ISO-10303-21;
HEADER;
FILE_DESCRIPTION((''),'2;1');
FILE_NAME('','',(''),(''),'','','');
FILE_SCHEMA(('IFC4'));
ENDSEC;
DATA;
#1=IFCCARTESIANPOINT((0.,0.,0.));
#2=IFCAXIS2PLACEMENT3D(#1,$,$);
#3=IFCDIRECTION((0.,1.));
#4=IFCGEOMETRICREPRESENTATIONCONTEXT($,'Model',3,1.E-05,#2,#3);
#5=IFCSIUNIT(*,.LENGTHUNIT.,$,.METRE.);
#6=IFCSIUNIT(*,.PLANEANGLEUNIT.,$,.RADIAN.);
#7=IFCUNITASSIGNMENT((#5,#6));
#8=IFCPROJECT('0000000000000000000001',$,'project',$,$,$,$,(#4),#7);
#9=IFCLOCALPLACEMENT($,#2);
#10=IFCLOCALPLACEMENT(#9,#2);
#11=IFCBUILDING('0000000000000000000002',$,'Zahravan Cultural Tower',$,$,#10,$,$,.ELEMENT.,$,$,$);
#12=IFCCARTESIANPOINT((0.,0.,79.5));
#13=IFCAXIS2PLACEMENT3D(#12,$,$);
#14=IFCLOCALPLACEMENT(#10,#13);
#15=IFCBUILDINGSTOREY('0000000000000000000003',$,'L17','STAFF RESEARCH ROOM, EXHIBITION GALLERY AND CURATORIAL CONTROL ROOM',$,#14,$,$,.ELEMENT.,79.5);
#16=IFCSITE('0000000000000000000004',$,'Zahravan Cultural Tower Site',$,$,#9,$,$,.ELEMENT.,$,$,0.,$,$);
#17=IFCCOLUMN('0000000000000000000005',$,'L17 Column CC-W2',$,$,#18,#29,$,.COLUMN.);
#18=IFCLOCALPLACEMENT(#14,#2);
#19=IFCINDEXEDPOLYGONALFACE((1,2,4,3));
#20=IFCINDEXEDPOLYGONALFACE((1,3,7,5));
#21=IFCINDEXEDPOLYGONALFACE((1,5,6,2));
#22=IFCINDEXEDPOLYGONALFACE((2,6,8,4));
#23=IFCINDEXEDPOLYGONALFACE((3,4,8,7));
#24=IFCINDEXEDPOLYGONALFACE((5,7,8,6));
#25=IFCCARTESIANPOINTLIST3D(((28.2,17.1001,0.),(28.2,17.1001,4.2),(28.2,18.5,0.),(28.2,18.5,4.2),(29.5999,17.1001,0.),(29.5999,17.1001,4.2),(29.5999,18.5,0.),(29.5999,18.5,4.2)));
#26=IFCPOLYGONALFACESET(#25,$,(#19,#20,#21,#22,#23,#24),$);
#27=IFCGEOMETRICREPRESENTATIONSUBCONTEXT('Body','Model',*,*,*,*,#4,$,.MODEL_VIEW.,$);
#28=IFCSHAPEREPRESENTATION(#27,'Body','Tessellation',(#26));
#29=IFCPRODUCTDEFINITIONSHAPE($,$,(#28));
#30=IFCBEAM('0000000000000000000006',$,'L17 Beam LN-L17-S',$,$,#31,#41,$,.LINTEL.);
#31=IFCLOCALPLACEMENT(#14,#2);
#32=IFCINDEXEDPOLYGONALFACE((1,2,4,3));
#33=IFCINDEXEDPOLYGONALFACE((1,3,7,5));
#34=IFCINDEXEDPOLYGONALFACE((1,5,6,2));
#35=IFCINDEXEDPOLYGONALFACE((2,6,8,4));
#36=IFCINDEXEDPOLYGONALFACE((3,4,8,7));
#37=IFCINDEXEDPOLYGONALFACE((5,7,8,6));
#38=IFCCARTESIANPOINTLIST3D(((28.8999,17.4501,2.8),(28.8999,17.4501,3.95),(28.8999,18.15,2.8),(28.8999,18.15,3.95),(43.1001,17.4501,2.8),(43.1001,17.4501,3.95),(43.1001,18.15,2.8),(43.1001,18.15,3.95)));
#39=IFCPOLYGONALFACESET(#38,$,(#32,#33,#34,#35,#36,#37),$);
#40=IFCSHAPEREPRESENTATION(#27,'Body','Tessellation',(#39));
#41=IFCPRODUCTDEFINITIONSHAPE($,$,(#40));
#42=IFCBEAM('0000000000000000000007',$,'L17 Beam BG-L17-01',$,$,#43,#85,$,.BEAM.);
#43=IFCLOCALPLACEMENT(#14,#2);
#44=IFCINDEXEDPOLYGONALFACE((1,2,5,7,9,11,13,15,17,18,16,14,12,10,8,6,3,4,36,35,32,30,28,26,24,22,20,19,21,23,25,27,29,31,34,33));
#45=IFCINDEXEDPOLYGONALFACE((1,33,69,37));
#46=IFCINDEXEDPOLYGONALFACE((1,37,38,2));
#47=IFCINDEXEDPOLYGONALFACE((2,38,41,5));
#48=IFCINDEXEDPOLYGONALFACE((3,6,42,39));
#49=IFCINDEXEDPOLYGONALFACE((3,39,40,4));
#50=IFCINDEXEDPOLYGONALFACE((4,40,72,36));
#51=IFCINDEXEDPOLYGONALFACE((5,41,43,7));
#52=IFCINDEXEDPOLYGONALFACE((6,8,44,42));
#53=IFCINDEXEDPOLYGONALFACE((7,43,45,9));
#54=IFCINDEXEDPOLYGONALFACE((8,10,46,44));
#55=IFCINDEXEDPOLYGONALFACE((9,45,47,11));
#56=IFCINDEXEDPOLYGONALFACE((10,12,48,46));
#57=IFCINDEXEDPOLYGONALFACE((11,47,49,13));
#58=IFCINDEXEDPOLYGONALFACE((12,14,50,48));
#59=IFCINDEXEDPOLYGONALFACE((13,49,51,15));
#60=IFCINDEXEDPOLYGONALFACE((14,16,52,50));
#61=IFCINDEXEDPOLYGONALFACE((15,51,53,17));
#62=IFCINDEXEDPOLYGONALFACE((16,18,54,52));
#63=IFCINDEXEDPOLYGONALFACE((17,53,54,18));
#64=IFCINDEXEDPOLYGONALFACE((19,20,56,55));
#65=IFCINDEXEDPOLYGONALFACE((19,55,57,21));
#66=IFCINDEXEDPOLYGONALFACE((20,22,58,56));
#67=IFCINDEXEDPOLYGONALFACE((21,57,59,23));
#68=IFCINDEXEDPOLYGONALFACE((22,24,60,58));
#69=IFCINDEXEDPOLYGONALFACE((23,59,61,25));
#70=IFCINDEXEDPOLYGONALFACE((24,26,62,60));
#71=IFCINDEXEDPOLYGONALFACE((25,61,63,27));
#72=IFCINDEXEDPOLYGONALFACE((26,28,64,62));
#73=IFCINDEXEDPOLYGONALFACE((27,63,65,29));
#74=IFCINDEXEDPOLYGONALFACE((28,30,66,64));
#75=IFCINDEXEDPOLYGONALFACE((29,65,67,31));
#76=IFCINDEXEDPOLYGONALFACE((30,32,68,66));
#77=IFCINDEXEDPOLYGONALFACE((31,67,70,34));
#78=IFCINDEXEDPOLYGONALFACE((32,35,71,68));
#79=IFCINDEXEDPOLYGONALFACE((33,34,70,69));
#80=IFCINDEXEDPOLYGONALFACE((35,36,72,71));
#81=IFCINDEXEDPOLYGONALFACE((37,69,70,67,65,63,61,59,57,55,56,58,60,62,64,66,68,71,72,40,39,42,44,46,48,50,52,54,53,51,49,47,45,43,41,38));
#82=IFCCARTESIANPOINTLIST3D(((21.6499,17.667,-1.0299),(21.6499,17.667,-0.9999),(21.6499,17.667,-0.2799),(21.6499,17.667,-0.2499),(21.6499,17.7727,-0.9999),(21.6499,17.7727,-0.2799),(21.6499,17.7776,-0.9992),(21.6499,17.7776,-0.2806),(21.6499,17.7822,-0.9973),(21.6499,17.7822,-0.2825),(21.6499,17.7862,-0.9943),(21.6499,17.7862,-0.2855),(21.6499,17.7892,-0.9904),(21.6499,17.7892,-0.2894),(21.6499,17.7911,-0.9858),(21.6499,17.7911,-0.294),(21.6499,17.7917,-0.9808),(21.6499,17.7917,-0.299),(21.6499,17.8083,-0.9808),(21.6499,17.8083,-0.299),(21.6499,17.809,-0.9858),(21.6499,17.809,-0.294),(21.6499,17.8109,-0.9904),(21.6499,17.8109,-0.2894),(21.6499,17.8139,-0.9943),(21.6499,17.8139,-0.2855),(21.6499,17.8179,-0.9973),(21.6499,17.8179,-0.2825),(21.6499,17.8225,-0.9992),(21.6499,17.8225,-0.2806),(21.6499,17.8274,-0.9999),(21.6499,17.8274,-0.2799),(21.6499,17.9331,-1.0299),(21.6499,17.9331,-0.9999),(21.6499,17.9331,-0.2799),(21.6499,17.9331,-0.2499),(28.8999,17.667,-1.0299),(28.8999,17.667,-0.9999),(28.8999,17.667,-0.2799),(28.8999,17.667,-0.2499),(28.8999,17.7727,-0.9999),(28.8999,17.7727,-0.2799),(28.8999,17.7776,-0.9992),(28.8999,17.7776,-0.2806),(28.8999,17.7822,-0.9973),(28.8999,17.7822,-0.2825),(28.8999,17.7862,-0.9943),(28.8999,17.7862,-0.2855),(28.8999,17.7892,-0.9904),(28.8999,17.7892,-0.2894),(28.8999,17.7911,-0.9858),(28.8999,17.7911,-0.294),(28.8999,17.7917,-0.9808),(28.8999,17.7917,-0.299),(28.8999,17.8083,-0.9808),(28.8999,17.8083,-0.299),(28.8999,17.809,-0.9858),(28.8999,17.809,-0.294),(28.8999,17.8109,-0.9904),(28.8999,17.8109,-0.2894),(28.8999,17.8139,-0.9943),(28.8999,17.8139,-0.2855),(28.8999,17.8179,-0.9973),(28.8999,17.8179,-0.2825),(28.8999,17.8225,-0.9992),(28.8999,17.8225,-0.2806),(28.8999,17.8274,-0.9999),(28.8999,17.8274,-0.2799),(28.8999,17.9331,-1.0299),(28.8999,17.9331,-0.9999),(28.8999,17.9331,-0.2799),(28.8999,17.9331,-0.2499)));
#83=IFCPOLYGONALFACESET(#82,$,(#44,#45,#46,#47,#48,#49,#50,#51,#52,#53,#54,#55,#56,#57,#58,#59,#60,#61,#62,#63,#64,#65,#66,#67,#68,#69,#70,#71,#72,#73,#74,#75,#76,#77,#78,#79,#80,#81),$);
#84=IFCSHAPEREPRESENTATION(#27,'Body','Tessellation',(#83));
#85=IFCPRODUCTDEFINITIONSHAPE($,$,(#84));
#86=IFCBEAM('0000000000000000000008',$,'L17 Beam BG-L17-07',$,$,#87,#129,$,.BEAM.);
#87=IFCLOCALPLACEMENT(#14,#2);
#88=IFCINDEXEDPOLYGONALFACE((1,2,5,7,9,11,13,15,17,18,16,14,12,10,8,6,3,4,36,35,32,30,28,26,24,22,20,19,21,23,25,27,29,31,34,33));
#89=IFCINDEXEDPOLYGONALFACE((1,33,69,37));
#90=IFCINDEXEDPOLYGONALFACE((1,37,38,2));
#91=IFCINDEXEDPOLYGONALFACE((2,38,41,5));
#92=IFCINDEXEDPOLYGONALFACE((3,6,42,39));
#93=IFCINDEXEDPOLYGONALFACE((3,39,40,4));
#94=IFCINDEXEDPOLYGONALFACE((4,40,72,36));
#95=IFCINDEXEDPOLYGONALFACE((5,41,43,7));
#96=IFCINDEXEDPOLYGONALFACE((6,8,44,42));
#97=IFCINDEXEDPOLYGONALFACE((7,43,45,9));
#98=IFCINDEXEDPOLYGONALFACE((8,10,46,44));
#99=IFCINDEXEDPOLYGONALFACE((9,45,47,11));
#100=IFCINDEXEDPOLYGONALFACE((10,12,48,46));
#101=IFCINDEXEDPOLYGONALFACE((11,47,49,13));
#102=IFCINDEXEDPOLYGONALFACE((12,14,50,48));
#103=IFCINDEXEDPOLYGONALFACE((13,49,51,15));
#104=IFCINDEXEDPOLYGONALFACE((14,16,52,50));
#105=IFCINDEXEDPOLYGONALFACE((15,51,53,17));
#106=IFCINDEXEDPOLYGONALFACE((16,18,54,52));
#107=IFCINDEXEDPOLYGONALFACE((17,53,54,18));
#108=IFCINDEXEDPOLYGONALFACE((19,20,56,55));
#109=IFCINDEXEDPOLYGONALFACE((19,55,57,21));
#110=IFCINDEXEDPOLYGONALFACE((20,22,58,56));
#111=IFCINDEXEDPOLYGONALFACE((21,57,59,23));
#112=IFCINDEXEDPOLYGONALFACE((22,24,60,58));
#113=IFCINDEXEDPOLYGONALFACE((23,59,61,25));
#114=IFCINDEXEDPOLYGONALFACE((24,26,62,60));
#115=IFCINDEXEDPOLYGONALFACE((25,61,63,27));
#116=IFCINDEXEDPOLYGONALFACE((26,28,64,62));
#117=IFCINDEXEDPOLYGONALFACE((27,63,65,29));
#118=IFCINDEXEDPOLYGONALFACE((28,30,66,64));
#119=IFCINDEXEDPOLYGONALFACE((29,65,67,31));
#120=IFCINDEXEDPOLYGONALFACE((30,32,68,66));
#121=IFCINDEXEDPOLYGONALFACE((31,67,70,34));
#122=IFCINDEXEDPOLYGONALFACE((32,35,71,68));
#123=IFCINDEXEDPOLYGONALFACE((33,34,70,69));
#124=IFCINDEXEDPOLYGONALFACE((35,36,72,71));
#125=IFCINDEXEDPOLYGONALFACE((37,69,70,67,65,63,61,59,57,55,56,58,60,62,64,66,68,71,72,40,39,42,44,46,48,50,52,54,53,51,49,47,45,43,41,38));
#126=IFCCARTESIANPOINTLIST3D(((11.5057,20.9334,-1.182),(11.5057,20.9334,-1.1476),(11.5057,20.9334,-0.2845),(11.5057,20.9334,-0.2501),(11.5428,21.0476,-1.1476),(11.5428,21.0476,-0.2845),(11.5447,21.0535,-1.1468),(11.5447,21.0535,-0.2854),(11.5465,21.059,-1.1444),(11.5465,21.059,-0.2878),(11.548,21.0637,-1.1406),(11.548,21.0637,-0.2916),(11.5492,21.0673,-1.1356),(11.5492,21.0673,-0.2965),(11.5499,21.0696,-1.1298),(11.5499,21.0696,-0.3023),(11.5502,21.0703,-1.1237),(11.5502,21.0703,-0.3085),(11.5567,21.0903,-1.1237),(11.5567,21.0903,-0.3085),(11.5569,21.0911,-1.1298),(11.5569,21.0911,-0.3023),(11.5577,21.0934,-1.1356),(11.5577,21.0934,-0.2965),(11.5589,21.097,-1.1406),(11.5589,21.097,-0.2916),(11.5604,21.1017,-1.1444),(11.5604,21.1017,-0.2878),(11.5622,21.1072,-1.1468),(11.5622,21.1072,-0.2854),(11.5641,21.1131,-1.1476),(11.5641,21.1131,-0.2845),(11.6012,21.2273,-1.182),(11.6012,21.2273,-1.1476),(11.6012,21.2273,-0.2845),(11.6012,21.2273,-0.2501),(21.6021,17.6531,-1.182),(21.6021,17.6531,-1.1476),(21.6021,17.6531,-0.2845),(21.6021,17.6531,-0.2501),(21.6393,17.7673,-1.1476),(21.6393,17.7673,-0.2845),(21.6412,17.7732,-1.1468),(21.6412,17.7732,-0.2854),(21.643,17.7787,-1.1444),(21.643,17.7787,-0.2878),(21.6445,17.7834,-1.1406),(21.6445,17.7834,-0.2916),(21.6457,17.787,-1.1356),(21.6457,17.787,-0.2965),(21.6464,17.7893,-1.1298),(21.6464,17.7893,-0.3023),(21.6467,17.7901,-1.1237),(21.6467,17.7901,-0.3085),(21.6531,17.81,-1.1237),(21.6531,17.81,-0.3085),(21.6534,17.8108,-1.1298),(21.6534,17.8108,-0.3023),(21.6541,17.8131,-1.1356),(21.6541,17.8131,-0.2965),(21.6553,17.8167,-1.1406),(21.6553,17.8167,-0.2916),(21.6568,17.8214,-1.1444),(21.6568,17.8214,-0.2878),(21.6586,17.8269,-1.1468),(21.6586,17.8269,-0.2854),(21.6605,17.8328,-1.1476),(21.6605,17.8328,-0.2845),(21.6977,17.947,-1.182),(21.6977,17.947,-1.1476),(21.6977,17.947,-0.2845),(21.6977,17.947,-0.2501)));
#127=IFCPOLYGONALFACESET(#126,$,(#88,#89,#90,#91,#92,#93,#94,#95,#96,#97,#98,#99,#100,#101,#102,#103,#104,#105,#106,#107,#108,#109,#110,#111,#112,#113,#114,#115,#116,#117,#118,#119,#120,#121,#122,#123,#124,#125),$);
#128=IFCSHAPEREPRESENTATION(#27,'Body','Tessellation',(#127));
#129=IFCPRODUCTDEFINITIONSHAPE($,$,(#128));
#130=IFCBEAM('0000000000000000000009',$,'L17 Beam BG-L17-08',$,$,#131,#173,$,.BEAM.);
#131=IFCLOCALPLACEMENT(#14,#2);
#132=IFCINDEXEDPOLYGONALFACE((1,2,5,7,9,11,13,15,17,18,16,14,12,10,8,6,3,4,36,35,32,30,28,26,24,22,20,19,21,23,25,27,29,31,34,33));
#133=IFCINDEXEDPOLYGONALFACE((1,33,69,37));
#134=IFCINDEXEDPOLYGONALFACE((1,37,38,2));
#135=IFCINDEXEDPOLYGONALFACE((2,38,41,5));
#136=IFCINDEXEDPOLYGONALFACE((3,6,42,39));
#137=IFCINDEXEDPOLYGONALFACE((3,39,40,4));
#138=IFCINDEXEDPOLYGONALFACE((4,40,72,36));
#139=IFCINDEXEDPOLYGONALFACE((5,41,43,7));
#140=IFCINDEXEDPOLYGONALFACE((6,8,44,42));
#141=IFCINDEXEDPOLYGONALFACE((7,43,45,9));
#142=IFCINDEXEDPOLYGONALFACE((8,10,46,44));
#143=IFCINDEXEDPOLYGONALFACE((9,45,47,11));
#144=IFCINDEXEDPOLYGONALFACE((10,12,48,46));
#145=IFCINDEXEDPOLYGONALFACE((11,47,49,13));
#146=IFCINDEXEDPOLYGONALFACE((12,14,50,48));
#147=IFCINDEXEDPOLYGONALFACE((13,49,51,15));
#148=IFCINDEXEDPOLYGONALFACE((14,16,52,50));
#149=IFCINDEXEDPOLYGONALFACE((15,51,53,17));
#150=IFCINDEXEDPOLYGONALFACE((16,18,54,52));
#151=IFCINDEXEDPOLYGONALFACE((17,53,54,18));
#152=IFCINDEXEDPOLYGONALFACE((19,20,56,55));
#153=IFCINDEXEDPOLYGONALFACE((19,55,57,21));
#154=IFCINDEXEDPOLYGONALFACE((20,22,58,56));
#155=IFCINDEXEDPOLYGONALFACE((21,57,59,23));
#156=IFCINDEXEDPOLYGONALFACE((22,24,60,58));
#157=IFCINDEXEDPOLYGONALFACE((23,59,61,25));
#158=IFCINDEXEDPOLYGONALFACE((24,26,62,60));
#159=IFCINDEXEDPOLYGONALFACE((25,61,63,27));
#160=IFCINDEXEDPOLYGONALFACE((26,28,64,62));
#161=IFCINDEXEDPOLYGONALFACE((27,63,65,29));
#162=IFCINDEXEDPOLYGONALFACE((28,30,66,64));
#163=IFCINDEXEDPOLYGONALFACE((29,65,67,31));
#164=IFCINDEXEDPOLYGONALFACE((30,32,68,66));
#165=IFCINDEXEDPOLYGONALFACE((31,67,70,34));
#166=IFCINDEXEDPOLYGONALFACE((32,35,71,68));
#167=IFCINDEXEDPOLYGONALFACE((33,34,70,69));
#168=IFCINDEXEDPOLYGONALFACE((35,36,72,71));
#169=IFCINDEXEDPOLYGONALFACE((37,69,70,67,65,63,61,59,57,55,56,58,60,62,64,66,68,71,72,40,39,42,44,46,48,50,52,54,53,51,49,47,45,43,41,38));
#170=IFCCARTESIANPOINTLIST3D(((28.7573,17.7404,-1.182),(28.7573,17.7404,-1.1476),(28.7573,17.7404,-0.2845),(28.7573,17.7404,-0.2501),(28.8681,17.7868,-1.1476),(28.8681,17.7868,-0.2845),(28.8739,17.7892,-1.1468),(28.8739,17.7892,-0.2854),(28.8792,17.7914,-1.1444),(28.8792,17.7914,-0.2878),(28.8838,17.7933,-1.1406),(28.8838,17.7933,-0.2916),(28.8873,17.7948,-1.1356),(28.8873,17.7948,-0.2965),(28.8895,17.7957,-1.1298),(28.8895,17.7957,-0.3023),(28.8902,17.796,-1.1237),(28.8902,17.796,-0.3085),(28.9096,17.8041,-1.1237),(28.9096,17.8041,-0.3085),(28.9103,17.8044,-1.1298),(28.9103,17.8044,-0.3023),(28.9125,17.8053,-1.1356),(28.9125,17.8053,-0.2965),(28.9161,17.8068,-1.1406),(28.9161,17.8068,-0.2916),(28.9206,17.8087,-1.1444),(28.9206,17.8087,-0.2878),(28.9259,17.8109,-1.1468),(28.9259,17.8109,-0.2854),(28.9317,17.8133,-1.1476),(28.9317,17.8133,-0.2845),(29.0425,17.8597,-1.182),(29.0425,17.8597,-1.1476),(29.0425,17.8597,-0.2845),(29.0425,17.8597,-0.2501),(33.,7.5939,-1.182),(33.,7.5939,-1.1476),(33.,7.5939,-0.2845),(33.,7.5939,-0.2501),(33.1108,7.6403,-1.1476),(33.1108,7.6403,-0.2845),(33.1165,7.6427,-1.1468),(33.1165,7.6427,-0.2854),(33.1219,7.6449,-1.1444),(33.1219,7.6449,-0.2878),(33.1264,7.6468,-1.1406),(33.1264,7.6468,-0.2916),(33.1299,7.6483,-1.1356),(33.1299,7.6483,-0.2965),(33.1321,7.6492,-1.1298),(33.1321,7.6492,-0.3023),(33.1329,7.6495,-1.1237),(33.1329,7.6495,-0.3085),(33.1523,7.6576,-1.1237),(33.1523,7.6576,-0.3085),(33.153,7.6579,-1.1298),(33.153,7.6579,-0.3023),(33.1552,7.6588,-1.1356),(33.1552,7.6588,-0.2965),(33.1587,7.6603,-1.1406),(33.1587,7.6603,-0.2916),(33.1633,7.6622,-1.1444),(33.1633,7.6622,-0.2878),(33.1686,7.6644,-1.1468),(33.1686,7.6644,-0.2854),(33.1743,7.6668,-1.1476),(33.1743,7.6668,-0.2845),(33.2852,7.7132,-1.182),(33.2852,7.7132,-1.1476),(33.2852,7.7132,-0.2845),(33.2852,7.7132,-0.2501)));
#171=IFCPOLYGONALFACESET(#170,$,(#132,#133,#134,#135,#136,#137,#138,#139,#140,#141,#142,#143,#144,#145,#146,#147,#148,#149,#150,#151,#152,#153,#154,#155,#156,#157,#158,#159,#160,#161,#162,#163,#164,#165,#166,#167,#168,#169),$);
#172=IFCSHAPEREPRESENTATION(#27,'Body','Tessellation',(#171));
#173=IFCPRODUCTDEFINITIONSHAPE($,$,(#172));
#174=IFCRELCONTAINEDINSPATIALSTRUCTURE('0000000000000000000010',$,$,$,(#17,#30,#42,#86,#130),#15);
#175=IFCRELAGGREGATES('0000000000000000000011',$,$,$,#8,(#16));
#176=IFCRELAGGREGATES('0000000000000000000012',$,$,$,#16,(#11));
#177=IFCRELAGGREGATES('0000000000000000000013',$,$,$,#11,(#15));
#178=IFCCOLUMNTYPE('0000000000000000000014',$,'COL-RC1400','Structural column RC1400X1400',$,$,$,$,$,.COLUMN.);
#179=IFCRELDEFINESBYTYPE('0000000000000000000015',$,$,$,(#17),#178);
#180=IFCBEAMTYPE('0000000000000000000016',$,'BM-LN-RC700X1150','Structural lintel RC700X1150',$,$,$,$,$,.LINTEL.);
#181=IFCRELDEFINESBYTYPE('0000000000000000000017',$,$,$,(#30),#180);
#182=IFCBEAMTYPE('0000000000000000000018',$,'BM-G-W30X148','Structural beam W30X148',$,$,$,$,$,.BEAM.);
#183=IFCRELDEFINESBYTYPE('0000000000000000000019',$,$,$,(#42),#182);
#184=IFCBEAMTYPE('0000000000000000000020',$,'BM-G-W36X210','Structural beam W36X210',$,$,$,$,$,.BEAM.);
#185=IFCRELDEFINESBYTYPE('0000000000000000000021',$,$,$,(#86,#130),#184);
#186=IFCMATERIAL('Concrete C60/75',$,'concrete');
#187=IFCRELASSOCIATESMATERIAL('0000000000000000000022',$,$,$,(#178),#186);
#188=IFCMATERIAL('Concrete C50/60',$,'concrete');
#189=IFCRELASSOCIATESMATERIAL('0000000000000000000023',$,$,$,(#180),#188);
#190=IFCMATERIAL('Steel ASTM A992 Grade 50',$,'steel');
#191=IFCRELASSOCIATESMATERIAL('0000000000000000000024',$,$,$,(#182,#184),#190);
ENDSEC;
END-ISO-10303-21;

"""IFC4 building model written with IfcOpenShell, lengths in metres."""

from ifc_helpers import new_model, si_unit, direction, frame, origin, origin_2d, place, context, subcontext, project, spatial, rectangle, i_section, extrude, source, transform, mapped, material, material_profile, profile_set, type_object, element, save


model = new_model("IFC4")

# Units and contexts
model_context = context("Model", 3, precision=1e-05, world=origin(), true_north=direction((0.0, 1.0)))
body_context = subcontext(model_context, "Body", "Model", "MODEL_VIEW")
ifc_project = project(units=[si_unit("LENGTHUNIT", "METRE"), si_unit("PLANEANGLEUNIT", "RADIAN")], contexts=[model_context])

# Site, building, storey
site_placement = place(None, origin())
site = spatial("IfcSite", under=ifc_project, at=site_placement, Name="Zahravan Cultural Tower Site", CompositionType="ELEMENT", RefElevation=0.0)
building_placement = place(site_placement, origin())
building = spatial("IfcBuilding", under=site, at=building_placement, Name="Zahravan Cultural Tower", CompositionType="ELEMENT")
storey_placement = place(building_placement, frame((0.0, 0.0, 79.5)))
storey = spatial("IfcBuildingStorey", under=building, at=storey_placement, Name="L17", Description="STAFF RESEARCH ROOM, EXHIBITION GALLERY AND CURATORIAL CONTROL ROOM", CompositionType="ELEMENT", Elevation=79.5)

# Column
ifc_material_1 = material(Name="Concrete C60/75", Category="concrete")
ifc_material_profile_1 = material_profile(ifc_material_1, rectangle(XDim=1.3999, YDim=1.3999, at=origin_2d()), Name="RC1400X1400")
ifc_profile_set_1 = profile_set([ifc_material_profile_1], Name="Concrete C60/75")
column_type = type_object("IfcColumnType", Name="COL-RC1400", Description="Structural column RC1400X1400", PredefinedType="COLUMN", material=ifc_profile_set_1)
shared_shape_1 = source(origin(), body_context, "Body", "SweptSolid", [
    extrude(rectangle(XDim=1.3999, YDim=1.3999, at=origin_2d()), origin(), (0.0, 0.0, 1.0), 4.2),
])
column_placement = place(storey_placement, frame((28.8999, 17.8, 0.0), z_axis=(0.0, 0.0, 1.0), x_axis=(1.0, 0.0, 0.0)))
element("IfcColumn", 1, at=column_placement, inside=storey, type_object=column_type, Name="L17 Column CC-W2", PredefinedType="COLUMN", context=body_context, shape_type="MappedRepresentation", body=[
    mapped(shared_shape_1, transform((0.0, 0.0, 0.0), x_axis=(1.0, 0.0, 0.0), y_axis=(0.0, 1.0, 0.0), z_axis=(0.0, 0.0, 1.0), scale=1.0)),
])

# Beams
ifc_material_2 = material(Name="Concrete C50/60", Category="concrete")
ifc_material_profile_2 = material_profile(ifc_material_2, rectangle(XDim=0.7, YDim=1.1499, at=origin_2d()), Name="RC700X1150")
ifc_profile_set_2 = profile_set([ifc_material_profile_2], Name="Concrete C50/60")
beam_type_1 = type_object("IfcBeamType", Name="BM-LN-RC700X1150", Description="Structural lintel RC700X1150", PredefinedType="LINTEL", material=ifc_profile_set_2)
shared_shape_2 = source(origin(), body_context, "Body", "SweptSolid", [
    extrude(rectangle(XDim=0.7, YDim=1.1499, at=origin_2d()), origin(), (0.0, 0.0, 1.0), 14.2002),
])
beam_1_placement = place(storey_placement, frame((28.8999, 17.8, 3.375), z_axis=(1.0, 0.0, 0.0), x_axis=(0.0, 1.0, 0.0)))
element("IfcBeam", 2, at=beam_1_placement, inside=storey, type_object=beam_type_1, Name="L17 Beam LN-L17-S", PredefinedType="LINTEL", context=body_context, shape_type="MappedRepresentation", body=[
    mapped(shared_shape_2, transform((0.0, 0.0, 0.0), x_axis=(1.0, 0.0, 0.0), y_axis=(0.0, 1.0, 0.0), z_axis=(0.0, 0.0, 1.0), scale=1.0)),
])
ifc_material_3 = material(Name="Steel ASTM A992 Grade 50", Category="steel")
ifc_material_profile_3 = material_profile(ifc_material_3, i_section(OverallWidth=0.2661, OverallDepth=0.78, WebThickness=0.0166, FlangeThickness=0.03, FilletRadius=0.019, at=origin_2d()), Name="W30X148")
ifc_profile_set_3 = profile_set([ifc_material_profile_3], Name="Steel ASTM A992 Grade 50")
beam_type_2 = type_object("IfcBeamType", Name="BM-G-W30X148", Description="Structural beam W30X148", PredefinedType="BEAM", material=ifc_profile_set_3)
shared_shape_3 = source(origin(), body_context, "Body", "SweptSolid", [
    extrude(i_section(OverallWidth=0.2661, OverallDepth=0.78, WebThickness=0.0166, FlangeThickness=0.03, FilletRadius=0.019, at=origin_2d()), origin(), (0.0, 0.0, 1.0), 7.25),
])
beam_2_placement = place(storey_placement, frame((21.6499, 17.8, -0.6399), z_axis=(1.0, 0.0, 0.0), x_axis=(0.0, 1.0, 0.0)))
element("IfcBeam", 3, at=beam_2_placement, inside=storey, type_object=beam_type_2, Name="L17 Beam BG-L17-01", PredefinedType="BEAM", context=body_context, shape_type="MappedRepresentation", body=[
    mapped(shared_shape_3, transform((0.0, 0.0, 0.0), x_axis=(1.0, 0.0, 0.0), y_axis=(0.0, 1.0, 0.0), z_axis=(0.0, 0.0, 1.0), scale=1.0)),
])
ifc_material_profile_4 = material_profile(ifc_material_3, i_section(OverallWidth=0.3091, OverallDepth=0.9319, WebThickness=0.021, FlangeThickness=0.0344, FilletRadius=0.0239, at=origin_2d()), Name="W36X210")
ifc_profile_set_4 = profile_set([ifc_material_profile_4], Name="Steel ASTM A992 Grade 50")
beam_type_3 = type_object("IfcBeamType", Name="BM-G-W36X210", Description="Structural beam W36X210", PredefinedType="BEAM", material=ifc_profile_set_4)
shared_shape_4 = source(origin(), body_context, "Body", "SweptSolid", [
    extrude(i_section(OverallWidth=0.3091, OverallDepth=0.9319, WebThickness=0.021, FlangeThickness=0.0344, FilletRadius=0.0239, at=origin_2d()), origin(), (0.0, 0.0, 1.0), 10.616),
])
beam_3_placement = place(storey_placement, frame((21.6499, 17.8, -0.7161), z_axis=(-0.951064, 0.308995, 0.0), x_axis=(-0.308995, -0.951064, 0.0)))
element("IfcBeam", 4, at=beam_3_placement, inside=storey, type_object=beam_type_3, Name="L17 Beam BG-L17-07", PredefinedType="BEAM", context=body_context, shape_type="MappedRepresentation", body=[
    mapped(shared_shape_4, transform((0.0, 0.0, 0.0), x_axis=(1.0, 0.0, 0.0), y_axis=(0.0, 1.0, 0.0), z_axis=(0.0, 0.0, 1.0), scale=1.0)),
])
shared_shape_5 = source(origin(), body_context, "Body", "SweptSolid", [
    extrude(i_section(OverallWidth=0.3091, OverallDepth=0.9319, WebThickness=0.021, FlangeThickness=0.0344, FilletRadius=0.0239, at=origin_2d()), origin(), (0.0, 0.0, 1.0), 10.9978),
])
beam_4_placement = place(storey_placement, frame((28.8999, 17.8, -0.7161), z_axis=(0.385775, -0.922593, 0.0), x_axis=(0.922593, 0.385775, 0.0)))
element("IfcBeam", 5, at=beam_4_placement, inside=storey, type_object=beam_type_3, Name="L17 Beam BG-L17-08", PredefinedType="BEAM", context=body_context, shape_type="MappedRepresentation", body=[
    mapped(shared_shape_5, transform((0.0, 0.0, 0.0), x_axis=(1.0, 0.0, 0.0), y_axis=(0.0, 1.0, 0.0), z_axis=(0.0, 0.0, 1.0), scale=1.0)),
])

save(model, "model.ifc")
